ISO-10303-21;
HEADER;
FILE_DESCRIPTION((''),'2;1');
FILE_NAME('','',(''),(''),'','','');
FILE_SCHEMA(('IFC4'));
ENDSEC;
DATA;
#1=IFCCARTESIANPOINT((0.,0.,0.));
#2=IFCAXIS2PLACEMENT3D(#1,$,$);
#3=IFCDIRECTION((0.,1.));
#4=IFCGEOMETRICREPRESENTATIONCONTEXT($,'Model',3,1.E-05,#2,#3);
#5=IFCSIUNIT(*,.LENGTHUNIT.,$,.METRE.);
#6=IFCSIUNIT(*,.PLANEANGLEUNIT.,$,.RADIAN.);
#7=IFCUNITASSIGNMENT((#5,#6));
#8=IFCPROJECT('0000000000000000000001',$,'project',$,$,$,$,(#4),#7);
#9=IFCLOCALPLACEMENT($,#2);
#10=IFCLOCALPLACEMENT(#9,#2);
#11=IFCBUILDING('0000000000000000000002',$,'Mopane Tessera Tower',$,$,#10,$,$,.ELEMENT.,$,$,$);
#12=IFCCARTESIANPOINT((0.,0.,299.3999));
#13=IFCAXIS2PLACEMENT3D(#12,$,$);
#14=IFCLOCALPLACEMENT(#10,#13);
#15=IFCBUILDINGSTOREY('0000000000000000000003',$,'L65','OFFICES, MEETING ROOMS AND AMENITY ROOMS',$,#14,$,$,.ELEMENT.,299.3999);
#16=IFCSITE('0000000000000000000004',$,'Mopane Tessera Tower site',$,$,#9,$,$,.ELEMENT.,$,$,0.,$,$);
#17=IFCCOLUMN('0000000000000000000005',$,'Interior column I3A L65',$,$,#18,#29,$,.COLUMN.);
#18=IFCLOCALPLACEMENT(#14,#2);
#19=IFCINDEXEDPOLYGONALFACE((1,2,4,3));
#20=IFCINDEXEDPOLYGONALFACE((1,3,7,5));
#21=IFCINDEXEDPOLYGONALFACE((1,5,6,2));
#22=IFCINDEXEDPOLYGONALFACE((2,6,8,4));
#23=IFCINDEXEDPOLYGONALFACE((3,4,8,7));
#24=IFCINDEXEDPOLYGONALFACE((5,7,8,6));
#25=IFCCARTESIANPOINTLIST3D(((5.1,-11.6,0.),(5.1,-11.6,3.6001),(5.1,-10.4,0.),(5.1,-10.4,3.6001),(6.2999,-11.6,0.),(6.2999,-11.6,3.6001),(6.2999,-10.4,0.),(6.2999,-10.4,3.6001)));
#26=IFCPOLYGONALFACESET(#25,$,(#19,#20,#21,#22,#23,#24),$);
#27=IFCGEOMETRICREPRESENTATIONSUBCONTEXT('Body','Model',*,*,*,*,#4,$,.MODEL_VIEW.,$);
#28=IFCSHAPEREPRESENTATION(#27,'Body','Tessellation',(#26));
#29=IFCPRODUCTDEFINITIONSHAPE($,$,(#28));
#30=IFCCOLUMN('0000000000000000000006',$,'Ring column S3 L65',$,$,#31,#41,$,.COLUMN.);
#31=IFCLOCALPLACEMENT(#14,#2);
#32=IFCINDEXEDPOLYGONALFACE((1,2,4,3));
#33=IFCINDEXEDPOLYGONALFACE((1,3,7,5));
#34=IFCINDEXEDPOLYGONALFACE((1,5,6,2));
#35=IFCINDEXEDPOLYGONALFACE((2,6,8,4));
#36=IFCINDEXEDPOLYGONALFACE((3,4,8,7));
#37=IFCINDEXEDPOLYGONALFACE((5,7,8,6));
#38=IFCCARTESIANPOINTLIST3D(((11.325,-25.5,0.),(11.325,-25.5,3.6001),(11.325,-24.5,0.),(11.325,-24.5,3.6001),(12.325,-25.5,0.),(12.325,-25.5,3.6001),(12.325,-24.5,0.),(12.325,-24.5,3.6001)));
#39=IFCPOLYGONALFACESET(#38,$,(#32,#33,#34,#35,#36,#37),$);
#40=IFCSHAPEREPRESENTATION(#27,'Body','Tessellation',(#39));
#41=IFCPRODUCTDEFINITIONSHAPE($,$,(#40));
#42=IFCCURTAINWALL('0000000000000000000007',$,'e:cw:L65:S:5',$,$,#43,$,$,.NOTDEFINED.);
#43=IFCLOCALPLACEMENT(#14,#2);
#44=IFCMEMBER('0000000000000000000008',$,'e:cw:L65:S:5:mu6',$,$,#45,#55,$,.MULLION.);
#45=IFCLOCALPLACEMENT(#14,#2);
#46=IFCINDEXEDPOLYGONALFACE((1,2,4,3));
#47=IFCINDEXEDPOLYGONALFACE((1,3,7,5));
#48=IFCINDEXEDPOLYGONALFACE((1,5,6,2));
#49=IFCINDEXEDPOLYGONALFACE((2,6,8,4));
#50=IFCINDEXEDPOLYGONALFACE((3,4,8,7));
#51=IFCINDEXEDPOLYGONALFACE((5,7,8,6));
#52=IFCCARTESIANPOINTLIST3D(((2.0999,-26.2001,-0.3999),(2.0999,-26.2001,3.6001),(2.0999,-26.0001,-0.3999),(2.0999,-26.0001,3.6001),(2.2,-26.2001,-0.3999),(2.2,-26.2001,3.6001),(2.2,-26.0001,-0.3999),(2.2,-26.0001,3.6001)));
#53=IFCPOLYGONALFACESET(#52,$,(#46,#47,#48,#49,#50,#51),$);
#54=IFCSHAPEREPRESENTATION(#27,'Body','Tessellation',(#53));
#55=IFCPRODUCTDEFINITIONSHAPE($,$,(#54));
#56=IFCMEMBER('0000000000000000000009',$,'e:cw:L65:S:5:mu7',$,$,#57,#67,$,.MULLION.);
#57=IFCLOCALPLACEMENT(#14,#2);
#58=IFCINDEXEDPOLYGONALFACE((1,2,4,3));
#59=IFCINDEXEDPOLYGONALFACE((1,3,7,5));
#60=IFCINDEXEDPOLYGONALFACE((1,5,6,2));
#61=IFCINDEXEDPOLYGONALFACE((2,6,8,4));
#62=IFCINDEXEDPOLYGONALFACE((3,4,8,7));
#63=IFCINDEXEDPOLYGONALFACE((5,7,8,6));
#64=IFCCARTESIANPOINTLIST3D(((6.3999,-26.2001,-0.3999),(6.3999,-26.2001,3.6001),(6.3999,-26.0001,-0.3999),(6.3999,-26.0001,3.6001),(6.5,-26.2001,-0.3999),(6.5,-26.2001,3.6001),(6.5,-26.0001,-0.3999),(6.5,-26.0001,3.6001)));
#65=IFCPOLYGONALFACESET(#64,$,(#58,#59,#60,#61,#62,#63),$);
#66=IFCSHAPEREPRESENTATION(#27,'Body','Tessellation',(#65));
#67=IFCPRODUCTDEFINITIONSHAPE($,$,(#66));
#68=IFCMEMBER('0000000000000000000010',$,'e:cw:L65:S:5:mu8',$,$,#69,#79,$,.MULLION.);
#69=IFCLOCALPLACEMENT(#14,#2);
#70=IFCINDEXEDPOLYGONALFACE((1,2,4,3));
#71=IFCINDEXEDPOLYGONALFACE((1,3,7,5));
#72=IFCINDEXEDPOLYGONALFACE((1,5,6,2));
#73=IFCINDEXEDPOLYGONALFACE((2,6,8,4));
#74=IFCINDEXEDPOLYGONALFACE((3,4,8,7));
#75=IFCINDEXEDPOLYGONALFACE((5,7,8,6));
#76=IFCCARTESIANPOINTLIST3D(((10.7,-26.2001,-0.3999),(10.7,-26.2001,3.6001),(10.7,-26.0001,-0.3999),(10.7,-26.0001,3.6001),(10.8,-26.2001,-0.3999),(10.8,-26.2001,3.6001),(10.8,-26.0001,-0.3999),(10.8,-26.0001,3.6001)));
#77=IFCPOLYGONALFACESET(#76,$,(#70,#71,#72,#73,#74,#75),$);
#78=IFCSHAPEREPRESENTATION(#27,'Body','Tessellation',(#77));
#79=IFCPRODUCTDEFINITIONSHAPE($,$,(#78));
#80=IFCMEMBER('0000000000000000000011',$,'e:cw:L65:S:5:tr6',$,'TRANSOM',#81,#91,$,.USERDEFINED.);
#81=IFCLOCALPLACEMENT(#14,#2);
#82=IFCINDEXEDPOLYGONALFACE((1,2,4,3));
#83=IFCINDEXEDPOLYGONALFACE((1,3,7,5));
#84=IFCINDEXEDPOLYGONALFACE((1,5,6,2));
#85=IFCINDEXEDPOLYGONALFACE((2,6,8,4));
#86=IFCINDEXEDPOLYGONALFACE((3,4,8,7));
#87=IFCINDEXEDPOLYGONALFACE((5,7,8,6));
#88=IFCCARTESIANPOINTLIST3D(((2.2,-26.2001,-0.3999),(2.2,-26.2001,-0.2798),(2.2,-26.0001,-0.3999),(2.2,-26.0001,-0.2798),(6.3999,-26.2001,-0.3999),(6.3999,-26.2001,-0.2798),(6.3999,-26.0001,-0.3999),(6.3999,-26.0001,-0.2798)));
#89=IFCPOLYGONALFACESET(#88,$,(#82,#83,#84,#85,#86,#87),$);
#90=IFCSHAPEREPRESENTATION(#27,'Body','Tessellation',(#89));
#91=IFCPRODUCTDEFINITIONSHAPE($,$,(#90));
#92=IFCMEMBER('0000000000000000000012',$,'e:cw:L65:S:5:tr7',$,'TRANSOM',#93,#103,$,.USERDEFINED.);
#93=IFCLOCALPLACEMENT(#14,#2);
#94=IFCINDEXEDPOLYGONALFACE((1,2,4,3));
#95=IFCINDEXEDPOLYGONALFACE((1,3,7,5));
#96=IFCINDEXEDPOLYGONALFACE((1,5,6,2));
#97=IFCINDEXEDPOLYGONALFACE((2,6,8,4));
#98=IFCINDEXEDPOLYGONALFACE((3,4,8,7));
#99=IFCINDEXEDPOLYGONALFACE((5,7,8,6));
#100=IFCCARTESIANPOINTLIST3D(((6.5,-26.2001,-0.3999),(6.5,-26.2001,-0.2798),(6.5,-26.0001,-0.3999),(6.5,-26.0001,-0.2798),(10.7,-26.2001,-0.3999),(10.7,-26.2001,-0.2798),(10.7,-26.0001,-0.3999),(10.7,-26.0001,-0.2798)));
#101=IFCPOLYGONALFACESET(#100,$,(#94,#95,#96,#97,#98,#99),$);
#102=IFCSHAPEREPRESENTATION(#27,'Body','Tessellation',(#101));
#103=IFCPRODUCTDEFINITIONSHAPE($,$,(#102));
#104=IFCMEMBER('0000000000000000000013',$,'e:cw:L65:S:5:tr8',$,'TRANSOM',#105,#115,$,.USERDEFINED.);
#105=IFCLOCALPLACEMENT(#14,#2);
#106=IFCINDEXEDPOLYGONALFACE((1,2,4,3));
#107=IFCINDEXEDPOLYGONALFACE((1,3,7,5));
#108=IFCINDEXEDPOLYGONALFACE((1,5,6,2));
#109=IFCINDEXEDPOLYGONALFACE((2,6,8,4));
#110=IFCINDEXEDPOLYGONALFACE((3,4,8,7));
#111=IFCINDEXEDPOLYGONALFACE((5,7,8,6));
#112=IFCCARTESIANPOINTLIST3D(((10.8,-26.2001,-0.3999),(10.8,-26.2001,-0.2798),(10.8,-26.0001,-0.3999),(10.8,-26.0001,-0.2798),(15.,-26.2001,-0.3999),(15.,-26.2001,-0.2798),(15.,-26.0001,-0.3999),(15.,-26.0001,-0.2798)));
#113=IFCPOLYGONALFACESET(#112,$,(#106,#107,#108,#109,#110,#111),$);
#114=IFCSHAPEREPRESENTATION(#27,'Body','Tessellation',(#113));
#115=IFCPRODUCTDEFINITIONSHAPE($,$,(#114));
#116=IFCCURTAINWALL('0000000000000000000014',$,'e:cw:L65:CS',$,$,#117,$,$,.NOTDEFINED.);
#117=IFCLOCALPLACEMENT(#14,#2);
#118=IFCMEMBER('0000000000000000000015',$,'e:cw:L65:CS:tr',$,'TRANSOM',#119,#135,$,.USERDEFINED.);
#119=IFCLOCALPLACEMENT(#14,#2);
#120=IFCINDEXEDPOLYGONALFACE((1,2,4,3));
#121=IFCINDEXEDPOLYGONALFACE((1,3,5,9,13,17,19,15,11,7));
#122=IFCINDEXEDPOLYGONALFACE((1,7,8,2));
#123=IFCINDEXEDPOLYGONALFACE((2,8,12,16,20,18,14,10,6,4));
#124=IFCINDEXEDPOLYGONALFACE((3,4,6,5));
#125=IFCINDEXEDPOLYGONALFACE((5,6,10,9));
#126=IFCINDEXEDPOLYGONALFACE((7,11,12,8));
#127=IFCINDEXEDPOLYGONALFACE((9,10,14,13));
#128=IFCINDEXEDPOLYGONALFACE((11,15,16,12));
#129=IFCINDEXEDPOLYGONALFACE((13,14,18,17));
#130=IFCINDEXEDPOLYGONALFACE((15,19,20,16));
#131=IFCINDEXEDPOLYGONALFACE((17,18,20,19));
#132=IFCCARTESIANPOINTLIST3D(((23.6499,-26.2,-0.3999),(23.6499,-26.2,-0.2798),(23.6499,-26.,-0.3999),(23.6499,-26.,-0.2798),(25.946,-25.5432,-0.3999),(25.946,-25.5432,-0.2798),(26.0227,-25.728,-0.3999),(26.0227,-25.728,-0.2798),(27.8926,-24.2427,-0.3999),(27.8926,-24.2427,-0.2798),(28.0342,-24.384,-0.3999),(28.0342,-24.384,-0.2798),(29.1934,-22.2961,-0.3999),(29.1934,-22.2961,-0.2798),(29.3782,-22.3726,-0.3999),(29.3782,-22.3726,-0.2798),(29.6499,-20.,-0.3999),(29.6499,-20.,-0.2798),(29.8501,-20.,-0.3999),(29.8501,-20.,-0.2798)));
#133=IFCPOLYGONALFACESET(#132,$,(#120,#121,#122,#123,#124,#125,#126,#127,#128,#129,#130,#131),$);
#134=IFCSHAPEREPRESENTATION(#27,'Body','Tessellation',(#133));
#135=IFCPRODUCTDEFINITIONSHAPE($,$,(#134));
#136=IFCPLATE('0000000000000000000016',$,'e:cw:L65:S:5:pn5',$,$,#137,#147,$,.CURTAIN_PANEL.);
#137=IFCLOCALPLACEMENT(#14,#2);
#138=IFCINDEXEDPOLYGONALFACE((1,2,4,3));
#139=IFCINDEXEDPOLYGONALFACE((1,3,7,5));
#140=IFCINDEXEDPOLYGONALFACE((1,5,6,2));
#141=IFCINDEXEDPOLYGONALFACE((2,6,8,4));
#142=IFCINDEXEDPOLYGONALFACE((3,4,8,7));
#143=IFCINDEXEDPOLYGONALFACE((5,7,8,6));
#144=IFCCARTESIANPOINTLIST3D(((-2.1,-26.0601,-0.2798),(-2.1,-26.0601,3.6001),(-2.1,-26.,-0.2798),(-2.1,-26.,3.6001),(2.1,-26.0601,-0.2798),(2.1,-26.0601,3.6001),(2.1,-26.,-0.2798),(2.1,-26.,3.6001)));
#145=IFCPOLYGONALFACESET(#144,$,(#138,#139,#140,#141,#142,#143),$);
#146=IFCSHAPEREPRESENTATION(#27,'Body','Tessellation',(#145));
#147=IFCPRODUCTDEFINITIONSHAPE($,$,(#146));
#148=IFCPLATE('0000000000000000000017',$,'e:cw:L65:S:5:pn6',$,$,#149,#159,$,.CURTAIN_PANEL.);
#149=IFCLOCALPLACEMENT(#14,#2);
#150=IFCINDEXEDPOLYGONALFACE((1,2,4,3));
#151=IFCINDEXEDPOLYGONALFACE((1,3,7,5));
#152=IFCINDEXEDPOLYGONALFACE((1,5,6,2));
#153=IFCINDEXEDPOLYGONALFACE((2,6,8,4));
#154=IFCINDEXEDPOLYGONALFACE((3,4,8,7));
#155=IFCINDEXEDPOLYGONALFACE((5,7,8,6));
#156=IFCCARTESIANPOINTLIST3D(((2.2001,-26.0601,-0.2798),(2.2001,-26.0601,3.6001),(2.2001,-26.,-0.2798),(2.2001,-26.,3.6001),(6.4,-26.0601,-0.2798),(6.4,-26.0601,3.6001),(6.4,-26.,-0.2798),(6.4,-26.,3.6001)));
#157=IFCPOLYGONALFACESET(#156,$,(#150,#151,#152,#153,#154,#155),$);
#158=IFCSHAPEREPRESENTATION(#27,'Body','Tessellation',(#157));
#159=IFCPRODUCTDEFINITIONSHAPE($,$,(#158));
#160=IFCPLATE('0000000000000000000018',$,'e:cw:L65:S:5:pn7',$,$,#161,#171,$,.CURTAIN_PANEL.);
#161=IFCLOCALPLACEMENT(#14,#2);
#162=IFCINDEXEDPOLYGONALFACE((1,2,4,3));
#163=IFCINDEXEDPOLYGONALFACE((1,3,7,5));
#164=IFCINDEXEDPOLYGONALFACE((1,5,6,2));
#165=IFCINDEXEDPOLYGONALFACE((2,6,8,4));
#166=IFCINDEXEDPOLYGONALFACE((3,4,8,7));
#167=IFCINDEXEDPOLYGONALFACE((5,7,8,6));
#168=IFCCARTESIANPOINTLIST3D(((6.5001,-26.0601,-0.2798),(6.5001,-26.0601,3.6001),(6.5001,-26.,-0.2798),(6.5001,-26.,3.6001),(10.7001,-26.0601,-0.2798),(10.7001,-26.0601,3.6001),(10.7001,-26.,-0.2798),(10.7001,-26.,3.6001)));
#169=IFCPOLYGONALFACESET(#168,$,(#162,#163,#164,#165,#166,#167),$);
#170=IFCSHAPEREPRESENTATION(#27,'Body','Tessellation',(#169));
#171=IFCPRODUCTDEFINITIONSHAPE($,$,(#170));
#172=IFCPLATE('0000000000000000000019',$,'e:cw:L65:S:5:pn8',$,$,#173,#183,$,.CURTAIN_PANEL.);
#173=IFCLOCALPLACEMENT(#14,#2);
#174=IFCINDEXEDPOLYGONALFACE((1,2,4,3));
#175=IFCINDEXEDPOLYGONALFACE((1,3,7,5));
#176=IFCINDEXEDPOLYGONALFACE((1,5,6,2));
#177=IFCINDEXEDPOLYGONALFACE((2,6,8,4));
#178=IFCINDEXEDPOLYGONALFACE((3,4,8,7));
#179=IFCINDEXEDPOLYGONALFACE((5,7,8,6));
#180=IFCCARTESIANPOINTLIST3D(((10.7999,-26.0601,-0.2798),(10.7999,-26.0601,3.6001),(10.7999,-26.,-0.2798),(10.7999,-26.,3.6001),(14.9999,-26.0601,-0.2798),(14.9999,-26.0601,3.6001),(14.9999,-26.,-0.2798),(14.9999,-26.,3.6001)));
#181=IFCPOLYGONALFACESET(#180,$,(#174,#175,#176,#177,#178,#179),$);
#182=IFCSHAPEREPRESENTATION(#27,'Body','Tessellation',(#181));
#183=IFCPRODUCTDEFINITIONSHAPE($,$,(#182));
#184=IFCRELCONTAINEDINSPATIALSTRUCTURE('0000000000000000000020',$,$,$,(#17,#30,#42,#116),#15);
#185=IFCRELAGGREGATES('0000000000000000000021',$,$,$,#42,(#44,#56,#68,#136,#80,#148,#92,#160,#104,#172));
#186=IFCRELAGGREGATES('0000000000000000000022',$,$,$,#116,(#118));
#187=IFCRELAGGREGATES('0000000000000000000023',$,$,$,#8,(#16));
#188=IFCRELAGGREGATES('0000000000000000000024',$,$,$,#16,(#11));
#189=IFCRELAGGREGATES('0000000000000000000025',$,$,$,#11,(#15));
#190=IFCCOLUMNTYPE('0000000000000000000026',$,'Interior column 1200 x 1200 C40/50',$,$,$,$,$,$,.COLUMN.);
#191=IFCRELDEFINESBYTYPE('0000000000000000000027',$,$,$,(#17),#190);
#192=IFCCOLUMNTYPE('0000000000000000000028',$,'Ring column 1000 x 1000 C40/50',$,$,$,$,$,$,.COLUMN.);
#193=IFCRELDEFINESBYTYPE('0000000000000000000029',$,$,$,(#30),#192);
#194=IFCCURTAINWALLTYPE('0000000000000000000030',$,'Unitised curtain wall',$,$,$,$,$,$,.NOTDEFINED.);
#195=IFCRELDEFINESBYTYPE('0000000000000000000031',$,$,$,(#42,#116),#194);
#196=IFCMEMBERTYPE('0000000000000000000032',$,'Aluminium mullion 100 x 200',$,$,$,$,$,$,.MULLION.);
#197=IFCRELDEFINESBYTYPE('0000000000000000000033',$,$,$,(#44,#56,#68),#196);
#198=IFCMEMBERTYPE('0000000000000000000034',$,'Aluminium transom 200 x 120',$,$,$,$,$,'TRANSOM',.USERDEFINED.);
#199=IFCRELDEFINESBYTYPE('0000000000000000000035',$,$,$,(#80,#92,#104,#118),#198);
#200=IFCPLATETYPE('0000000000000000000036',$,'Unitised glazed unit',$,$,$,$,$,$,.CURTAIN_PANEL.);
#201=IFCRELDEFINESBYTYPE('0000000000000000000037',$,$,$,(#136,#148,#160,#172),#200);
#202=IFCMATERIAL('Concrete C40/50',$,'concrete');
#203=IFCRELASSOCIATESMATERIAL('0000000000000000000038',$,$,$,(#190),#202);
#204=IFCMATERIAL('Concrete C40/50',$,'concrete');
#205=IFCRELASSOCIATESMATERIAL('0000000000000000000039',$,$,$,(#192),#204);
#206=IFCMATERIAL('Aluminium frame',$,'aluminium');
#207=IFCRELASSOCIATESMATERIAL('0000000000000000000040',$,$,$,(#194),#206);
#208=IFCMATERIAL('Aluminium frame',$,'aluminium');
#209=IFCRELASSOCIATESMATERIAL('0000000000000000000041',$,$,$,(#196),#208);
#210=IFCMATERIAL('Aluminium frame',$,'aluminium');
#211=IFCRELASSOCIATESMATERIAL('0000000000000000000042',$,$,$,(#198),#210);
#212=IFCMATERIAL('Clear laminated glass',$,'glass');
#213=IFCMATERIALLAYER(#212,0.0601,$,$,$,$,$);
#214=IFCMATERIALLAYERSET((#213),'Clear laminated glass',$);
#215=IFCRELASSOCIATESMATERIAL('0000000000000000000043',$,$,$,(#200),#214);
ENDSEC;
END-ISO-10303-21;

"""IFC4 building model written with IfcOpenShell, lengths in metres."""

from ifc_helpers import new_model, si_unit, direction, frame, origin, origin_2d, place, context, subcontext, project, spatial, polyline, rectangle, outline, extrude, material, layer, layer_set, material_profile, profile_set, type_object, element, aggregate, save


model = new_model("IFC4")

# Units and contexts
model_context = context("Model", 3, precision=1e-05, world=origin(), true_north=direction((0.0, 1.0)))
body_context = subcontext(model_context, "Body", "Model", "MODEL_VIEW")
ifc_project = project(units=[si_unit("LENGTHUNIT", "METRE"), si_unit("PLANEANGLEUNIT", "RADIAN")], contexts=[model_context])

# Site, building, storey
site_placement = place(None, origin())
site = spatial("IfcSite", under=ifc_project, at=site_placement, Name="Mopane Tessera Tower site", CompositionType="ELEMENT", RefElevation=0.0)
building_placement = place(site_placement, origin())
building = spatial("IfcBuilding", under=site, at=building_placement, Name="Mopane Tessera Tower", CompositionType="ELEMENT")
storey_placement = place(building_placement, frame((0.0, 0.0, 299.3999)))
storey = spatial("IfcBuildingStorey", under=building, at=storey_placement, Name="L65", Description="OFFICES, MEETING ROOMS AND AMENITY ROOMS", CompositionType="ELEMENT", Elevation=299.3999)

# Columns
ifc_material_1 = material(Name="Concrete C40/50", Category="concrete")
ifc_material_profile_1 = material_profile(ifc_material_1, rectangle(XDim=1.2, YDim=1.2, at=origin_2d()))
ifc_profile_set_1 = profile_set([ifc_material_profile_1], Name="Concrete C40/50")
column_type_1 = type_object("IfcColumnType", Name="Interior column 1200 x 1200 C40/50", PredefinedType="COLUMN", material=ifc_profile_set_1)
column_1_placement = place(storey_placement, frame((5.7, -11.0, 0.0), z_axis=(0.0, 0.0, 1.0), x_axis=(1.0, 0.0, 0.0)))
element("IfcColumn", 1, at=column_1_placement, inside=storey, type_object=column_type_1, Name="Interior column I3A L65", PredefinedType="COLUMN", context=body_context, shape_type="SweptSolid", body=[
    extrude(rectangle(XDim=1.2, YDim=1.2, at=origin_2d()), origin(), (0.0, 0.0, 1.0), 3.6001),
])
ifc_material_2 = material(Name="Concrete C40/50", Category="concrete")
ifc_material_profile_2 = material_profile(ifc_material_2, rectangle(XDim=1.0, YDim=1.0, at=origin_2d()))
ifc_profile_set_2 = profile_set([ifc_material_profile_2], Name="Concrete C40/50")
column_type_2 = type_object("IfcColumnType", Name="Ring column 1000 x 1000 C40/50", PredefinedType="COLUMN", material=ifc_profile_set_2)
column_2_placement = place(storey_placement, frame((11.825, -25.0, 0.0), z_axis=(0.0, 0.0, 1.0), x_axis=(1.0, 0.0, 0.0)))
element("IfcColumn", 2, at=column_2_placement, inside=storey, type_object=column_type_2, Name="Ring column S3 L65", PredefinedType="COLUMN", context=body_context, shape_type="SweptSolid", body=[
    extrude(rectangle(XDim=1.0, YDim=1.0, at=origin_2d()), origin(), (0.0, 0.0, 1.0), 3.6001),
])

# Curtain wall, members
ifc_material_3 = material(Name="Aluminium frame", Category="aluminium")
curtain_wall_type = type_object("IfcCurtainWallType", Name="Unitised curtain wall", PredefinedType="NOTDEFINED", material=ifc_material_3)
curtain_wall_1_placement = place(storey_placement, origin())
curtain_wall_1 = element("IfcCurtainWall", 3, at=curtain_wall_1_placement, inside=storey, type_object=curtain_wall_type, Name="e:cw:L65:S:5", PredefinedType="NOTDEFINED")
ifc_material_4 = material(Name="Aluminium frame", Category="aluminium")
ifc_material_profile_3 = material_profile(ifc_material_4, rectangle(XDim=0.1001, YDim=0.2, at=origin_2d()))
ifc_profile_set_3 = profile_set([ifc_material_profile_3], Name="Aluminium frame")
member_type_1 = type_object("IfcMemberType", Name="Aluminium mullion 100 x 200", PredefinedType="MULLION", material=ifc_profile_set_3)
member_1_placement = place(storey_placement, frame((2.1499, -26.1001, -0.3999), z_axis=(0.0, 0.0, 1.0), x_axis=(1.0, 0.0, 0.0)))
member_1 = element("IfcMember", 4, at=member_1_placement, type_object=member_type_1, Name="e:cw:L65:S:5:mu6", PredefinedType="MULLION", context=body_context, shape_type="SweptSolid", body=[
    extrude(rectangle(XDim=0.1001, YDim=0.2, at=origin_2d()), origin(), (0.0, 0.0, 1.0), 4.0),
])
member_2_placement = place(storey_placement, frame((6.45, -26.1001, -0.3999), z_axis=(0.0, 0.0, 1.0), x_axis=(1.0, 0.0, 0.0)))
member_2 = element("IfcMember", 5, at=member_2_placement, type_object=member_type_1, Name="e:cw:L65:S:5:mu7", PredefinedType="MULLION", context=body_context, shape_type="SweptSolid", body=[
    extrude(rectangle(XDim=0.1001, YDim=0.2, at=origin_2d()), origin(), (0.0, 0.0, 1.0), 4.0),
])
member_3_placement = place(storey_placement, frame((10.75, -26.1001, -0.3999), z_axis=(0.0, 0.0, 1.0), x_axis=(1.0, 0.0, 0.0)))
member_3 = element("IfcMember", 6, at=member_3_placement, type_object=member_type_1, Name="e:cw:L65:S:5:mu8", PredefinedType="MULLION", context=body_context, shape_type="SweptSolid", body=[
    extrude(rectangle(XDim=0.1001, YDim=0.2, at=origin_2d()), origin(), (0.0, 0.0, 1.0), 4.0),
])
ifc_material_5 = material(Name="Aluminium frame", Category="aluminium")
ifc_material_profile_4 = material_profile(ifc_material_5, rectangle(XDim=0.2, YDim=0.1201, at=origin_2d()))
ifc_profile_set_4 = profile_set([ifc_material_profile_4], Name="Aluminium frame")
member_type_2 = type_object("IfcMemberType", Name="Aluminium transom 200 x 120", ElementType="TRANSOM", PredefinedType="USERDEFINED", material=ifc_profile_set_4)
member_4_placement = place(storey_placement, frame((2.2, -26.1001, -0.3398), z_axis=(1.0, 0.0, 0.0), x_axis=(0.0, 1.0, 0.0)))
member_4 = element("IfcMember", 7, at=member_4_placement, type_object=member_type_2, Name="e:cw:L65:S:5:tr6", ObjectType="TRANSOM", PredefinedType="USERDEFINED", context=body_context, shape_type="SweptSolid", body=[
    extrude(rectangle(XDim=0.2, YDim=0.1201, at=origin_2d()), origin(), (0.0, 0.0, 1.0), 4.2),
])
member_5_placement = place(storey_placement, frame((6.5, -26.1001, -0.3398), z_axis=(1.0, 0.0, 0.0), x_axis=(0.0, 1.0, 0.0)))
member_5 = element("IfcMember", 8, at=member_5_placement, type_object=member_type_2, Name="e:cw:L65:S:5:tr7", ObjectType="TRANSOM", PredefinedType="USERDEFINED", context=body_context, shape_type="SweptSolid", body=[
    extrude(rectangle(XDim=0.2, YDim=0.1201, at=origin_2d()), origin(), (0.0, 0.0, 1.0), 4.2),
])
member_6_placement = place(storey_placement, frame((10.8, -26.1001, -0.3398), z_axis=(1.0, 0.0, 0.0), x_axis=(0.0, 1.0, 0.0)))
member_6 = element("IfcMember", 9, at=member_6_placement, type_object=member_type_2, Name="e:cw:L65:S:5:tr8", ObjectType="TRANSOM", PredefinedType="USERDEFINED", context=body_context, shape_type="SweptSolid", body=[
    extrude(rectangle(XDim=0.2, YDim=0.1201, at=origin_2d()), origin(), (0.0, 0.0, 1.0), 4.2),
])

# Curtain wall, member
curtain_wall_2_placement = place(storey_placement, origin())
curtain_wall_2 = element("IfcCurtainWall", 10, at=curtain_wall_2_placement, inside=storey, type_object=curtain_wall_type, Name="e:cw:L65:CS", PredefinedType="NOTDEFINED")
member_7_placement = place(storey_placement, frame((0.0, 0.0, -0.3999)))
member_7 = element("IfcMember", 11, at=member_7_placement, type_object=member_type_2, Name="e:cw:L65:CS:tr", ObjectType="TRANSOM", PredefinedType="USERDEFINED", context=body_context, shape_type="SweptSolid", body=[
    extrude(outline(polyline([(23.6499, -26.0), (25.946, -25.5432), (27.8926, -24.2427), (29.1934, -22.2961), (29.6499, -20.0), (29.8501, -20.0), (29.3782, -22.3726), (28.0342, -24.384), (26.0227, -25.728), (23.6499, -26.2), (23.6499, -26.0)])), origin(), (0.0, 0.0, 1.0), 0.1201),
])

# Plates
ifc_material_6 = material(Name="Clear laminated glass", Category="glass")
ifc_layer_1 = layer(ifc_material_6, 0.0601)
ifc_layer_set_1 = layer_set([ifc_layer_1], Name="Clear laminated glass")
plate_type = type_object("IfcPlateType", Name="Unitised glazed unit", PredefinedType="CURTAIN_PANEL", material=ifc_layer_set_1)
plate_1_placement = place(storey_placement, frame((0.0, -26.03, -0.2798), z_axis=(0.0, 0.0, 1.0), x_axis=(1.0, 0.0, 0.0)))
plate_1 = element("IfcPlate", 12, at=plate_1_placement, type_object=plate_type, Name="e:cw:L65:S:5:pn5", PredefinedType="CURTAIN_PANEL", context=body_context, shape_type="SweptSolid", body=[
    extrude(rectangle(XDim=4.2, YDim=0.0601, at=origin_2d()), origin(), (0.0, 0.0, 1.0), 3.8799),
])
plate_2_placement = place(storey_placement, frame((4.3, -26.03, -0.2798), z_axis=(0.0, 0.0, 1.0), x_axis=(1.0, 0.0, 0.0)))
plate_2 = element("IfcPlate", 13, at=plate_2_placement, type_object=plate_type, Name="e:cw:L65:S:5:pn6", PredefinedType="CURTAIN_PANEL", context=body_context, shape_type="SweptSolid", body=[
    extrude(rectangle(XDim=4.2, YDim=0.0601, at=origin_2d()), origin(), (0.0, 0.0, 1.0), 3.8799),
])
plate_3_placement = place(storey_placement, frame((8.6001, -26.03, -0.2798), z_axis=(0.0, 0.0, 1.0), x_axis=(1.0, 0.0, 0.0)))
plate_3 = element("IfcPlate", 14, at=plate_3_placement, type_object=plate_type, Name="e:cw:L65:S:5:pn7", PredefinedType="CURTAIN_PANEL", context=body_context, shape_type="SweptSolid", body=[
    extrude(rectangle(XDim=4.2, YDim=0.0601, at=origin_2d()), origin(), (0.0, 0.0, 1.0), 3.8799),
])
plate_4_placement = place(storey_placement, frame((12.8999, -26.03, -0.2798), z_axis=(0.0, 0.0, 1.0), x_axis=(1.0, 0.0, 0.0)))
plate_4 = element("IfcPlate", 15, at=plate_4_placement, type_object=plate_type, Name="e:cw:L65:S:5:pn8", PredefinedType="CURTAIN_PANEL", context=body_context, shape_type="SweptSolid", body=[
    extrude(rectangle(XDim=4.2, YDim=0.0601, at=origin_2d()), origin(), (0.0, 0.0, 1.0), 3.8799),
])
aggregate(curtain_wall_1, [member_1, member_2, member_3, plate_1, member_4, plate_2, member_5, plate_3, member_6, plate_4])
aggregate(curtain_wall_2, [member_7])

save(model, "model.ifc")
